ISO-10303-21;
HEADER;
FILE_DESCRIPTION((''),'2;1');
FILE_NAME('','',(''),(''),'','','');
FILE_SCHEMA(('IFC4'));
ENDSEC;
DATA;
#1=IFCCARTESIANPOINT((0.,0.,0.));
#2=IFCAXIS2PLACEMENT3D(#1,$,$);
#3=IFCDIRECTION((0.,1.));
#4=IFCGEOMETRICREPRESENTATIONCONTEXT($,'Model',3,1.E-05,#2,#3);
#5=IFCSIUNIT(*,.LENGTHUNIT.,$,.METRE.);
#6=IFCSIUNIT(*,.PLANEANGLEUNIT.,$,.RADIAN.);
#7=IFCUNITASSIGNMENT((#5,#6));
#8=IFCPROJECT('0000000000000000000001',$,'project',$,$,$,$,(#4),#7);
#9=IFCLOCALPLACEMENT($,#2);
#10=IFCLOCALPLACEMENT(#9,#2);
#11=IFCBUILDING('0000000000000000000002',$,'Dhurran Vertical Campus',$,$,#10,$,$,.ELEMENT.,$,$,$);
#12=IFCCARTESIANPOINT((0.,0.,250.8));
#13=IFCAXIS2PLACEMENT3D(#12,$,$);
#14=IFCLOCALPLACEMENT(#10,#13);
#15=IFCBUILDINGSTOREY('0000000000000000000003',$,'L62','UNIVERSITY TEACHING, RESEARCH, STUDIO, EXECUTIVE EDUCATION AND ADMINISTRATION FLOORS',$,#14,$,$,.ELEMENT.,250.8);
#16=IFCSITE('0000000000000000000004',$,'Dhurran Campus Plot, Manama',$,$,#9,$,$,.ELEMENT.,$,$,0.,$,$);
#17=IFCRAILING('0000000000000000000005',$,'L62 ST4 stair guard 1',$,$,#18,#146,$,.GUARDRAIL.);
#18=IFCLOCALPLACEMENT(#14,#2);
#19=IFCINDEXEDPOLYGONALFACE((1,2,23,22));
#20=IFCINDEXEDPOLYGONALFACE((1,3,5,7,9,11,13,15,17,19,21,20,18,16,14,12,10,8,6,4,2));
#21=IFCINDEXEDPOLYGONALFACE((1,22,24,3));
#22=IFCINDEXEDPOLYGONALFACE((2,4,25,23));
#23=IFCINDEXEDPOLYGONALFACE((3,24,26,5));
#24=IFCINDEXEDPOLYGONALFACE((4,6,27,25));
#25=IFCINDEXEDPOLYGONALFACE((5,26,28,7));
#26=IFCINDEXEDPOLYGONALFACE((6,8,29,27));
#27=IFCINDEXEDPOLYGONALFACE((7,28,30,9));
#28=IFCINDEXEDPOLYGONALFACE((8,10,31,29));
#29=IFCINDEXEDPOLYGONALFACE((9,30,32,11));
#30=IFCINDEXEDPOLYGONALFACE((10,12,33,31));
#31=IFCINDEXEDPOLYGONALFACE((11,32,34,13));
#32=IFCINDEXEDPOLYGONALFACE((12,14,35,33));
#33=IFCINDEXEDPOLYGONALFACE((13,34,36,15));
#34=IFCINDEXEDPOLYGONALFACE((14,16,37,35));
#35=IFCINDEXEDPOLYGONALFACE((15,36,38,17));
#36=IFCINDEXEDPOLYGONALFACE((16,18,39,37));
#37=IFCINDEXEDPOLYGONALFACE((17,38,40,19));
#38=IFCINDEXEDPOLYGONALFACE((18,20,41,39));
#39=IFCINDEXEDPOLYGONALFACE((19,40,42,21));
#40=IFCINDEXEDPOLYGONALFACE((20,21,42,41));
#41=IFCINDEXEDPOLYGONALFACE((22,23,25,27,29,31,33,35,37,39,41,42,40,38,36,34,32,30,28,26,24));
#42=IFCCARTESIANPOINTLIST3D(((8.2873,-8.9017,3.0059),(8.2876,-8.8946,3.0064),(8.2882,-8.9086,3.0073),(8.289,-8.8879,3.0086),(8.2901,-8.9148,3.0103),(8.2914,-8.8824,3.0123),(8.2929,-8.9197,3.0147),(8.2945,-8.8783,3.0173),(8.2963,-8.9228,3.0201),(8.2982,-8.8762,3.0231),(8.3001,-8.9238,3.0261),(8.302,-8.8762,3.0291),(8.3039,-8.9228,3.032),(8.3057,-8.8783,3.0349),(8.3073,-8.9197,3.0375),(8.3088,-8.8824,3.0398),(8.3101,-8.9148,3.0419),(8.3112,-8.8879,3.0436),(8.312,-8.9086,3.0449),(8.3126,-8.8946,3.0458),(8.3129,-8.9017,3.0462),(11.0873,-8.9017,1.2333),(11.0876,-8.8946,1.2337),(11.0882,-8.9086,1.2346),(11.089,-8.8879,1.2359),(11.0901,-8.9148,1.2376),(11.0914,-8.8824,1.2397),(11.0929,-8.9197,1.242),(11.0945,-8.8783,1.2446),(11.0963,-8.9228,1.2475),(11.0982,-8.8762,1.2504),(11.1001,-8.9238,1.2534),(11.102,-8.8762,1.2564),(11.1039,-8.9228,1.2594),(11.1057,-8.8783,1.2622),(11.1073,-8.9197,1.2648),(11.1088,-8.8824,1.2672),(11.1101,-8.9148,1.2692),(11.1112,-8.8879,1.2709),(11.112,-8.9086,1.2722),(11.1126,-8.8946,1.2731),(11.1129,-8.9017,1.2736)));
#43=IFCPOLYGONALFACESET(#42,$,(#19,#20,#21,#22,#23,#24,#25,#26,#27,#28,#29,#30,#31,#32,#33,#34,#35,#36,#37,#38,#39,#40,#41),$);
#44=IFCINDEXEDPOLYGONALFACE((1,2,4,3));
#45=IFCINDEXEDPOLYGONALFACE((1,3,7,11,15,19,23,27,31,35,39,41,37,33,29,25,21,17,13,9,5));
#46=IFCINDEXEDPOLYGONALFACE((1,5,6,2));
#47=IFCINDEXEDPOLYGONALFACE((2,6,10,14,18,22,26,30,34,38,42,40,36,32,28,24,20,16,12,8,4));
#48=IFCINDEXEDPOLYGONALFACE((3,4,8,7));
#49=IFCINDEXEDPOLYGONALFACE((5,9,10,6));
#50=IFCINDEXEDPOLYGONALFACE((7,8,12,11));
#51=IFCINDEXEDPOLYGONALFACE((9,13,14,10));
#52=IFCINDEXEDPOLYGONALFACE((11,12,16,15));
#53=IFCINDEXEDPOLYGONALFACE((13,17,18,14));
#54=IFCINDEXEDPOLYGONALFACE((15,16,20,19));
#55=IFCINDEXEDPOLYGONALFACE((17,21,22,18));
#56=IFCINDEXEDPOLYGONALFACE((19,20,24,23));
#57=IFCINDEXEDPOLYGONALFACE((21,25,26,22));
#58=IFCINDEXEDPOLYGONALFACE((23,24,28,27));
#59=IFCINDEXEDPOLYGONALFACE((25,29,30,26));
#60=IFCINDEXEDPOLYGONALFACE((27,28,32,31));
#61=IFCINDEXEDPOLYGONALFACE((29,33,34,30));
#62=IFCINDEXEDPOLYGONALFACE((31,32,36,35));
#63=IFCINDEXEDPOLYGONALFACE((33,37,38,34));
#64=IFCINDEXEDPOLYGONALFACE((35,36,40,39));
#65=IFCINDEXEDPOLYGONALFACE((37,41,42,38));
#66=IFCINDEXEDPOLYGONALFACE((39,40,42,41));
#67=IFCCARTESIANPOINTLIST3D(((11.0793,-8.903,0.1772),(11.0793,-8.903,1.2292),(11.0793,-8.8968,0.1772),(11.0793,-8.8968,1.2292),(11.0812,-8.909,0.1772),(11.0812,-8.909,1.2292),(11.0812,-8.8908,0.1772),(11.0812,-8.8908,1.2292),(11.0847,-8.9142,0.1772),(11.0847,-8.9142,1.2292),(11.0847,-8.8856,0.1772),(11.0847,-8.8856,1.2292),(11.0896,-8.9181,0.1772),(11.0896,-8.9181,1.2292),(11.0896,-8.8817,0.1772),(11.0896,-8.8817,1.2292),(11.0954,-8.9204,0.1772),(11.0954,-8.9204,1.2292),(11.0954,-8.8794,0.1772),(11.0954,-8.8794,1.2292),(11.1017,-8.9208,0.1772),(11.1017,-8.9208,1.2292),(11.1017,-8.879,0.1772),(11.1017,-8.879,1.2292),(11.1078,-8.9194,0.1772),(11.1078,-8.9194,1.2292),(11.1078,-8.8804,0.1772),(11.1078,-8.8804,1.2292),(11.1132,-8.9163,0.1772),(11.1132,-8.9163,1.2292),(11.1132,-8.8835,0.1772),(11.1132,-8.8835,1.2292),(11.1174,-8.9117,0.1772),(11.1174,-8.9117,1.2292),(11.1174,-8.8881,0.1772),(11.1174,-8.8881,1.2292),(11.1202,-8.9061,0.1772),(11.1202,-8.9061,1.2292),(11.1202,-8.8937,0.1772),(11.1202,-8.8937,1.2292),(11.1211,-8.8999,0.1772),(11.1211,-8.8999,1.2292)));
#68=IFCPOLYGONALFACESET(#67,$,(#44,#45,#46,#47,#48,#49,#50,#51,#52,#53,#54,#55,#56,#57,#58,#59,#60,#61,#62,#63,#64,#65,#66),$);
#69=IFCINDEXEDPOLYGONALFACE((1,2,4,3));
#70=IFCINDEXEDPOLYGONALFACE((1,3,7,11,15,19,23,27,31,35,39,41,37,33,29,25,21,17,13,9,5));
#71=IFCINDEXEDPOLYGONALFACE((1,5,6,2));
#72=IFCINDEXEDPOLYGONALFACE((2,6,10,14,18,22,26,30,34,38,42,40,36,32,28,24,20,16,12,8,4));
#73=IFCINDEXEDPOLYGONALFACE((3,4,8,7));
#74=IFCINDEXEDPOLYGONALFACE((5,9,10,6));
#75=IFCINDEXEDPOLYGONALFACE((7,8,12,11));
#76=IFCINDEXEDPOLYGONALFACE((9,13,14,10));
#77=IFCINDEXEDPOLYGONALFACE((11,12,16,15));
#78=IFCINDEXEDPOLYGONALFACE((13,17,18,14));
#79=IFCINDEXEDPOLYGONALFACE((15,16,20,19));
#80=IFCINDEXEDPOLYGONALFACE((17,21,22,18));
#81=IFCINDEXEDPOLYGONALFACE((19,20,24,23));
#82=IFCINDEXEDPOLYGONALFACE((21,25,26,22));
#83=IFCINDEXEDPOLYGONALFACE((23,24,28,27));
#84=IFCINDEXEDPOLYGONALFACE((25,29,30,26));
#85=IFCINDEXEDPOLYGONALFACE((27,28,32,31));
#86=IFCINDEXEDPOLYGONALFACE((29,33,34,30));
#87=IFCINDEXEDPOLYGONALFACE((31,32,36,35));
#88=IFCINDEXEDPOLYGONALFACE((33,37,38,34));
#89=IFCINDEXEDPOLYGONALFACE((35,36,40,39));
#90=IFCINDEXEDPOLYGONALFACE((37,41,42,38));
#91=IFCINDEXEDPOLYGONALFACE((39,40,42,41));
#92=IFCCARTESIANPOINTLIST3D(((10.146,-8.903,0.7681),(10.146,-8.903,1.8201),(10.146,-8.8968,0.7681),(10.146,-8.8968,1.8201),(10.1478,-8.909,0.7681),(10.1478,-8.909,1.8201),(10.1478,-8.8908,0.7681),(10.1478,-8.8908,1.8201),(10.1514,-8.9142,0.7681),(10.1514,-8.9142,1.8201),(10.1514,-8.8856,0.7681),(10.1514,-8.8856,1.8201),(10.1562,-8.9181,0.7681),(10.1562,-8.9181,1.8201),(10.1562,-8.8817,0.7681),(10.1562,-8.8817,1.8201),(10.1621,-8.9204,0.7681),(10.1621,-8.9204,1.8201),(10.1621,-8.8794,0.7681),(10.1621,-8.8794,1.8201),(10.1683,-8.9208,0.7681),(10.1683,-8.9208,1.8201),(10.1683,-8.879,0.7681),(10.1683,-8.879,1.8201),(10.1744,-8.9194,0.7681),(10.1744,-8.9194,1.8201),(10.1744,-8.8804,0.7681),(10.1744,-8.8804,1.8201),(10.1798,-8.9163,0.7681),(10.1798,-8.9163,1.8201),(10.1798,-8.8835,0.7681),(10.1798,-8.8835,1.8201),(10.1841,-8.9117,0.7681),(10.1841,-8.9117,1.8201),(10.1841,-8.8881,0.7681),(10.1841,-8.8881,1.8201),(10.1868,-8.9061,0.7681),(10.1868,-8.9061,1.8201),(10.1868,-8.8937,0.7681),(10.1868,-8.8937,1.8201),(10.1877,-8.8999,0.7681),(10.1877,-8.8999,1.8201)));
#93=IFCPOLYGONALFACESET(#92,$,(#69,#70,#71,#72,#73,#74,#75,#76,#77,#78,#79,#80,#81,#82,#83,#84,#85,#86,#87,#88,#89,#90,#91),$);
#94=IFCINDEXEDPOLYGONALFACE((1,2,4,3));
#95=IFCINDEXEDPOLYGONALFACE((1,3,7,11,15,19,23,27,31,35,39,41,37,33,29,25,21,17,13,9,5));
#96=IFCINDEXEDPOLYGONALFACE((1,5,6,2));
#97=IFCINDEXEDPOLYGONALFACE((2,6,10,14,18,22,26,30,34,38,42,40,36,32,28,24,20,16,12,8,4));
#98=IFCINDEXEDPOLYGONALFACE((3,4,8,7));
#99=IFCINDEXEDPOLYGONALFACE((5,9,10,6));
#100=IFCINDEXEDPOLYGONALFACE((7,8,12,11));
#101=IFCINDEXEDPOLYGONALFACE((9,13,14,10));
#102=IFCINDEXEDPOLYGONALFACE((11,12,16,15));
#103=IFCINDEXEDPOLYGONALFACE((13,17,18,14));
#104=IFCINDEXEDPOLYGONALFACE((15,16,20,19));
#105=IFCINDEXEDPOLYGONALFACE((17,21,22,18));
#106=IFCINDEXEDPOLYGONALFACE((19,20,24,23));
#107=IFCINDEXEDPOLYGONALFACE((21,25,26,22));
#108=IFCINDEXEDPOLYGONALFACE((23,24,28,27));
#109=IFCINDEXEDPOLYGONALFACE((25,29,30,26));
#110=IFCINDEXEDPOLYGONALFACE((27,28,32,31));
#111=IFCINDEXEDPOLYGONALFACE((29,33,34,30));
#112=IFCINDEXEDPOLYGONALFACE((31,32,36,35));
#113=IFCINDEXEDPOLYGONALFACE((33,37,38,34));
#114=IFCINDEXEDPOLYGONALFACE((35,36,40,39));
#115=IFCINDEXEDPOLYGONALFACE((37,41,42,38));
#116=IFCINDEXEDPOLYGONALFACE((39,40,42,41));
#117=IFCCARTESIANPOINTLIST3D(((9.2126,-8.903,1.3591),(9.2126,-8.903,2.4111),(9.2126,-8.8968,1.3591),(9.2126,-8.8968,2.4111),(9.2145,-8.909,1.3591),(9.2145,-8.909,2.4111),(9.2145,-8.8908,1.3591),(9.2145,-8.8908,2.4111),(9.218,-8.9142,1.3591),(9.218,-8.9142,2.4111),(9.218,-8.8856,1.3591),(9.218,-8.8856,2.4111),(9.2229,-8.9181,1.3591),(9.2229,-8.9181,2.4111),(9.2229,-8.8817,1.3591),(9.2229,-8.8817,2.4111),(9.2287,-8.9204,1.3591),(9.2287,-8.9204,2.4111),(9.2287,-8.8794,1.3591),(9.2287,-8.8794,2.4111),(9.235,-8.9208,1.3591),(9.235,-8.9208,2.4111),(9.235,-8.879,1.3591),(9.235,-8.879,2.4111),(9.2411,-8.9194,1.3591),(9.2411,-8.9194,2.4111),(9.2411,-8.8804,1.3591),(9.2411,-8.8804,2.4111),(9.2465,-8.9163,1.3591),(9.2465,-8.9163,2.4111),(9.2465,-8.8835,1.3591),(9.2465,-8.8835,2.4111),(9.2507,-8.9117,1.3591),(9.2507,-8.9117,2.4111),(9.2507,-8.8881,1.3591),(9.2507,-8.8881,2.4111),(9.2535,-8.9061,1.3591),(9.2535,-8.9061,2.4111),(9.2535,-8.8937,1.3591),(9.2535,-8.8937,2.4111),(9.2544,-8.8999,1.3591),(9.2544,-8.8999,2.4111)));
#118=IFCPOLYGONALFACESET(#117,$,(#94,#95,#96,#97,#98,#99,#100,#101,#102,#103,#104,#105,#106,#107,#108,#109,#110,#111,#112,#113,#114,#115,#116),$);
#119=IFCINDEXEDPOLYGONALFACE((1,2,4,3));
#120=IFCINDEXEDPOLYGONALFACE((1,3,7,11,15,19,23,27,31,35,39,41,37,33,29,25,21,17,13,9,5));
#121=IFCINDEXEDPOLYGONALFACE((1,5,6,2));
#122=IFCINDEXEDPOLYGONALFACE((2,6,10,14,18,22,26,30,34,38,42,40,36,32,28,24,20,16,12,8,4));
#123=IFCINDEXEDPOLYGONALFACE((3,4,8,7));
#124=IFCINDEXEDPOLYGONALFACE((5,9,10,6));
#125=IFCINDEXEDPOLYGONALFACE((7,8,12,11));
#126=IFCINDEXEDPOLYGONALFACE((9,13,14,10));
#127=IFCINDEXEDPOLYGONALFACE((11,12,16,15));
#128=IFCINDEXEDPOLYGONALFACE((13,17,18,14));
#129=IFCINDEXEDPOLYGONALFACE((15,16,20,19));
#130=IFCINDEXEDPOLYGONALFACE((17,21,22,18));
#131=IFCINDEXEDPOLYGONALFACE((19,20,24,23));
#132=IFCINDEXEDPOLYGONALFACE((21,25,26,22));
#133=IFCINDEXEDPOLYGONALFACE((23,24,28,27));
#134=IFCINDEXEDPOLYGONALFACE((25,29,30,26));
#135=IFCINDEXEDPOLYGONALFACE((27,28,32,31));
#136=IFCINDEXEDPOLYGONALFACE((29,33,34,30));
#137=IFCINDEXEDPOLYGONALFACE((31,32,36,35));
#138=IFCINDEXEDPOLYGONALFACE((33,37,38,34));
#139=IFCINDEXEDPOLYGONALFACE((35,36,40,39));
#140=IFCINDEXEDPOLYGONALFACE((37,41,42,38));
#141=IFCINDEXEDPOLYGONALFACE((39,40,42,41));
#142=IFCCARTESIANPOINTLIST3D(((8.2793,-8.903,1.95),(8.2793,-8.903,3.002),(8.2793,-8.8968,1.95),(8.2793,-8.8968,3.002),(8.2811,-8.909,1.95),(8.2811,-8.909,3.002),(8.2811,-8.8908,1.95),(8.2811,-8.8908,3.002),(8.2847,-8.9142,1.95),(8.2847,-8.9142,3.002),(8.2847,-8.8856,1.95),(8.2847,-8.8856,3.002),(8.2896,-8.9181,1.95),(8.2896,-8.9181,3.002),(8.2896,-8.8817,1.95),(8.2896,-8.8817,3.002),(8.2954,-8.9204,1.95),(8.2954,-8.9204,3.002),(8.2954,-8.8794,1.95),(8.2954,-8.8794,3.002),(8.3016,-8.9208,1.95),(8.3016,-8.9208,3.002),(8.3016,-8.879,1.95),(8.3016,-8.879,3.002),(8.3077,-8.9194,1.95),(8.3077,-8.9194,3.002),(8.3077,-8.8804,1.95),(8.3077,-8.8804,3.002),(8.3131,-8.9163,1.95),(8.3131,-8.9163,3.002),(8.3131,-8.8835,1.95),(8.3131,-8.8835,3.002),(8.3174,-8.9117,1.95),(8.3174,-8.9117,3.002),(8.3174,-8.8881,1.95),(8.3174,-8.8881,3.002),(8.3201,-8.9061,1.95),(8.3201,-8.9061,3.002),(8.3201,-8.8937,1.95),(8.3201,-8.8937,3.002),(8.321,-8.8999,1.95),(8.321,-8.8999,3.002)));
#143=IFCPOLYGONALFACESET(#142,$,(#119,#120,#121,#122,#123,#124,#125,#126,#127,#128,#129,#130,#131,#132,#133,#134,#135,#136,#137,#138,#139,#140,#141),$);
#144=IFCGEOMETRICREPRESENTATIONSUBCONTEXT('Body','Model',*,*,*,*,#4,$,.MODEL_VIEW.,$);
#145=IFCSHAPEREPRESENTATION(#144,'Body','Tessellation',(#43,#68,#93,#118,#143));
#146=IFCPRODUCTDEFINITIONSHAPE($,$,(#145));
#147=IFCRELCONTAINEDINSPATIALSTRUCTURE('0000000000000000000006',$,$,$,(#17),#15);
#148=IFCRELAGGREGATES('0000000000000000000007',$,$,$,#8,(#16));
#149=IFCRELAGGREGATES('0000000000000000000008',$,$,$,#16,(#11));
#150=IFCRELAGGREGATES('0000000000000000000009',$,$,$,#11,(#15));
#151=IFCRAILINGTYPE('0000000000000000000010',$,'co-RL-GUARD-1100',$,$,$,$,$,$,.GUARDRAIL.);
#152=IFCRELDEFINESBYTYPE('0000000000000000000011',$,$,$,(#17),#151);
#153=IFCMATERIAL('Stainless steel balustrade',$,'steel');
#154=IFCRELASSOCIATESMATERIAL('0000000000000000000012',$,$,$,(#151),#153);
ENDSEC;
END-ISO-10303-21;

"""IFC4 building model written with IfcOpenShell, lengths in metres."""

from ifc_helpers import new_model, si_unit, direction, frame, origin, origin_2d, place, context, subcontext, project, spatial, circle, extrude, material, type_object, element, save


model = new_model("IFC4")

# Units and contexts
model_context = context("Model", 3, precision=1e-05, world=origin(), true_north=direction((0.0, 1.0)))
body_context = subcontext(model_context, "Body", "Model", "MODEL_VIEW")
ifc_project = project(units=[si_unit("LENGTHUNIT", "METRE"), si_unit("PLANEANGLEUNIT", "RADIAN")], contexts=[model_context])

# Site, building, storey
site_placement = place(None, origin())
site = spatial("IfcSite", under=ifc_project, at=site_placement, Name="Dhurran Campus Plot, Manama", CompositionType="ELEMENT", RefElevation=0.0)
building_placement = place(site_placement, origin())
building = spatial("IfcBuilding", under=site, at=building_placement, Name="Dhurran Vertical Campus", CompositionType="ELEMENT")
storey_placement = place(building_placement, frame((0.0, 0.0, 250.8)))
storey = spatial("IfcBuildingStorey", under=building, at=storey_placement, Name="L62", Description="UNIVERSITY TEACHING, RESEARCH, STUDIO, EXECUTIVE EDUCATION AND ADMINISTRATION FLOORS", CompositionType="ELEMENT", Elevation=250.8)

# Railing
ifc_material_1 = material(Name="Stainless steel balustrade", Category="steel")
railing_type_1 = type_object("IfcRailingType", Name="co-RL-GUARD-1100", PredefinedType="GUARDRAIL", material=ifc_material_1)
railing_1_placement = place(storey_placement, frame((11.1001, -8.8999, 0.1772)))
element("IfcRailing", 1, at=railing_1_placement, inside=storey, type_object=railing_type_1, Name="L62 ST4 stair guard 1", PredefinedType="GUARDRAIL", context=body_context, shape_type="SweptSolid", body=[
    extrude(circle(Radius=0.0239, at=origin_2d()), frame((0.0, 0.0, 1.0762), z_axis=(-0.844909, 0.0, 0.53491), x_axis=(0.0, -1.0, 0.0)), (0.0, 0.0, 1.0), 3.314),
    extrude(circle(Radius=0.021, at=origin_2d()), origin(), (0.0, 0.0, 1.0), 1.052),
    extrude(circle(Radius=0.021, at=origin_2d()), frame((-0.9333, 0.0, 0.5908)), (0.0, 0.0, 1.0), 1.052),
    extrude(circle(Radius=0.021, at=origin_2d()), frame((-1.8667, 0.0, 1.1819)), (0.0, 0.0, 1.0), 1.052),
    extrude(circle(Radius=0.021, at=origin_2d()), frame((-2.8, 0.0, 1.7727)), (0.0, 0.0, 1.0), 1.052),
])

save(model, "model.ifc")
